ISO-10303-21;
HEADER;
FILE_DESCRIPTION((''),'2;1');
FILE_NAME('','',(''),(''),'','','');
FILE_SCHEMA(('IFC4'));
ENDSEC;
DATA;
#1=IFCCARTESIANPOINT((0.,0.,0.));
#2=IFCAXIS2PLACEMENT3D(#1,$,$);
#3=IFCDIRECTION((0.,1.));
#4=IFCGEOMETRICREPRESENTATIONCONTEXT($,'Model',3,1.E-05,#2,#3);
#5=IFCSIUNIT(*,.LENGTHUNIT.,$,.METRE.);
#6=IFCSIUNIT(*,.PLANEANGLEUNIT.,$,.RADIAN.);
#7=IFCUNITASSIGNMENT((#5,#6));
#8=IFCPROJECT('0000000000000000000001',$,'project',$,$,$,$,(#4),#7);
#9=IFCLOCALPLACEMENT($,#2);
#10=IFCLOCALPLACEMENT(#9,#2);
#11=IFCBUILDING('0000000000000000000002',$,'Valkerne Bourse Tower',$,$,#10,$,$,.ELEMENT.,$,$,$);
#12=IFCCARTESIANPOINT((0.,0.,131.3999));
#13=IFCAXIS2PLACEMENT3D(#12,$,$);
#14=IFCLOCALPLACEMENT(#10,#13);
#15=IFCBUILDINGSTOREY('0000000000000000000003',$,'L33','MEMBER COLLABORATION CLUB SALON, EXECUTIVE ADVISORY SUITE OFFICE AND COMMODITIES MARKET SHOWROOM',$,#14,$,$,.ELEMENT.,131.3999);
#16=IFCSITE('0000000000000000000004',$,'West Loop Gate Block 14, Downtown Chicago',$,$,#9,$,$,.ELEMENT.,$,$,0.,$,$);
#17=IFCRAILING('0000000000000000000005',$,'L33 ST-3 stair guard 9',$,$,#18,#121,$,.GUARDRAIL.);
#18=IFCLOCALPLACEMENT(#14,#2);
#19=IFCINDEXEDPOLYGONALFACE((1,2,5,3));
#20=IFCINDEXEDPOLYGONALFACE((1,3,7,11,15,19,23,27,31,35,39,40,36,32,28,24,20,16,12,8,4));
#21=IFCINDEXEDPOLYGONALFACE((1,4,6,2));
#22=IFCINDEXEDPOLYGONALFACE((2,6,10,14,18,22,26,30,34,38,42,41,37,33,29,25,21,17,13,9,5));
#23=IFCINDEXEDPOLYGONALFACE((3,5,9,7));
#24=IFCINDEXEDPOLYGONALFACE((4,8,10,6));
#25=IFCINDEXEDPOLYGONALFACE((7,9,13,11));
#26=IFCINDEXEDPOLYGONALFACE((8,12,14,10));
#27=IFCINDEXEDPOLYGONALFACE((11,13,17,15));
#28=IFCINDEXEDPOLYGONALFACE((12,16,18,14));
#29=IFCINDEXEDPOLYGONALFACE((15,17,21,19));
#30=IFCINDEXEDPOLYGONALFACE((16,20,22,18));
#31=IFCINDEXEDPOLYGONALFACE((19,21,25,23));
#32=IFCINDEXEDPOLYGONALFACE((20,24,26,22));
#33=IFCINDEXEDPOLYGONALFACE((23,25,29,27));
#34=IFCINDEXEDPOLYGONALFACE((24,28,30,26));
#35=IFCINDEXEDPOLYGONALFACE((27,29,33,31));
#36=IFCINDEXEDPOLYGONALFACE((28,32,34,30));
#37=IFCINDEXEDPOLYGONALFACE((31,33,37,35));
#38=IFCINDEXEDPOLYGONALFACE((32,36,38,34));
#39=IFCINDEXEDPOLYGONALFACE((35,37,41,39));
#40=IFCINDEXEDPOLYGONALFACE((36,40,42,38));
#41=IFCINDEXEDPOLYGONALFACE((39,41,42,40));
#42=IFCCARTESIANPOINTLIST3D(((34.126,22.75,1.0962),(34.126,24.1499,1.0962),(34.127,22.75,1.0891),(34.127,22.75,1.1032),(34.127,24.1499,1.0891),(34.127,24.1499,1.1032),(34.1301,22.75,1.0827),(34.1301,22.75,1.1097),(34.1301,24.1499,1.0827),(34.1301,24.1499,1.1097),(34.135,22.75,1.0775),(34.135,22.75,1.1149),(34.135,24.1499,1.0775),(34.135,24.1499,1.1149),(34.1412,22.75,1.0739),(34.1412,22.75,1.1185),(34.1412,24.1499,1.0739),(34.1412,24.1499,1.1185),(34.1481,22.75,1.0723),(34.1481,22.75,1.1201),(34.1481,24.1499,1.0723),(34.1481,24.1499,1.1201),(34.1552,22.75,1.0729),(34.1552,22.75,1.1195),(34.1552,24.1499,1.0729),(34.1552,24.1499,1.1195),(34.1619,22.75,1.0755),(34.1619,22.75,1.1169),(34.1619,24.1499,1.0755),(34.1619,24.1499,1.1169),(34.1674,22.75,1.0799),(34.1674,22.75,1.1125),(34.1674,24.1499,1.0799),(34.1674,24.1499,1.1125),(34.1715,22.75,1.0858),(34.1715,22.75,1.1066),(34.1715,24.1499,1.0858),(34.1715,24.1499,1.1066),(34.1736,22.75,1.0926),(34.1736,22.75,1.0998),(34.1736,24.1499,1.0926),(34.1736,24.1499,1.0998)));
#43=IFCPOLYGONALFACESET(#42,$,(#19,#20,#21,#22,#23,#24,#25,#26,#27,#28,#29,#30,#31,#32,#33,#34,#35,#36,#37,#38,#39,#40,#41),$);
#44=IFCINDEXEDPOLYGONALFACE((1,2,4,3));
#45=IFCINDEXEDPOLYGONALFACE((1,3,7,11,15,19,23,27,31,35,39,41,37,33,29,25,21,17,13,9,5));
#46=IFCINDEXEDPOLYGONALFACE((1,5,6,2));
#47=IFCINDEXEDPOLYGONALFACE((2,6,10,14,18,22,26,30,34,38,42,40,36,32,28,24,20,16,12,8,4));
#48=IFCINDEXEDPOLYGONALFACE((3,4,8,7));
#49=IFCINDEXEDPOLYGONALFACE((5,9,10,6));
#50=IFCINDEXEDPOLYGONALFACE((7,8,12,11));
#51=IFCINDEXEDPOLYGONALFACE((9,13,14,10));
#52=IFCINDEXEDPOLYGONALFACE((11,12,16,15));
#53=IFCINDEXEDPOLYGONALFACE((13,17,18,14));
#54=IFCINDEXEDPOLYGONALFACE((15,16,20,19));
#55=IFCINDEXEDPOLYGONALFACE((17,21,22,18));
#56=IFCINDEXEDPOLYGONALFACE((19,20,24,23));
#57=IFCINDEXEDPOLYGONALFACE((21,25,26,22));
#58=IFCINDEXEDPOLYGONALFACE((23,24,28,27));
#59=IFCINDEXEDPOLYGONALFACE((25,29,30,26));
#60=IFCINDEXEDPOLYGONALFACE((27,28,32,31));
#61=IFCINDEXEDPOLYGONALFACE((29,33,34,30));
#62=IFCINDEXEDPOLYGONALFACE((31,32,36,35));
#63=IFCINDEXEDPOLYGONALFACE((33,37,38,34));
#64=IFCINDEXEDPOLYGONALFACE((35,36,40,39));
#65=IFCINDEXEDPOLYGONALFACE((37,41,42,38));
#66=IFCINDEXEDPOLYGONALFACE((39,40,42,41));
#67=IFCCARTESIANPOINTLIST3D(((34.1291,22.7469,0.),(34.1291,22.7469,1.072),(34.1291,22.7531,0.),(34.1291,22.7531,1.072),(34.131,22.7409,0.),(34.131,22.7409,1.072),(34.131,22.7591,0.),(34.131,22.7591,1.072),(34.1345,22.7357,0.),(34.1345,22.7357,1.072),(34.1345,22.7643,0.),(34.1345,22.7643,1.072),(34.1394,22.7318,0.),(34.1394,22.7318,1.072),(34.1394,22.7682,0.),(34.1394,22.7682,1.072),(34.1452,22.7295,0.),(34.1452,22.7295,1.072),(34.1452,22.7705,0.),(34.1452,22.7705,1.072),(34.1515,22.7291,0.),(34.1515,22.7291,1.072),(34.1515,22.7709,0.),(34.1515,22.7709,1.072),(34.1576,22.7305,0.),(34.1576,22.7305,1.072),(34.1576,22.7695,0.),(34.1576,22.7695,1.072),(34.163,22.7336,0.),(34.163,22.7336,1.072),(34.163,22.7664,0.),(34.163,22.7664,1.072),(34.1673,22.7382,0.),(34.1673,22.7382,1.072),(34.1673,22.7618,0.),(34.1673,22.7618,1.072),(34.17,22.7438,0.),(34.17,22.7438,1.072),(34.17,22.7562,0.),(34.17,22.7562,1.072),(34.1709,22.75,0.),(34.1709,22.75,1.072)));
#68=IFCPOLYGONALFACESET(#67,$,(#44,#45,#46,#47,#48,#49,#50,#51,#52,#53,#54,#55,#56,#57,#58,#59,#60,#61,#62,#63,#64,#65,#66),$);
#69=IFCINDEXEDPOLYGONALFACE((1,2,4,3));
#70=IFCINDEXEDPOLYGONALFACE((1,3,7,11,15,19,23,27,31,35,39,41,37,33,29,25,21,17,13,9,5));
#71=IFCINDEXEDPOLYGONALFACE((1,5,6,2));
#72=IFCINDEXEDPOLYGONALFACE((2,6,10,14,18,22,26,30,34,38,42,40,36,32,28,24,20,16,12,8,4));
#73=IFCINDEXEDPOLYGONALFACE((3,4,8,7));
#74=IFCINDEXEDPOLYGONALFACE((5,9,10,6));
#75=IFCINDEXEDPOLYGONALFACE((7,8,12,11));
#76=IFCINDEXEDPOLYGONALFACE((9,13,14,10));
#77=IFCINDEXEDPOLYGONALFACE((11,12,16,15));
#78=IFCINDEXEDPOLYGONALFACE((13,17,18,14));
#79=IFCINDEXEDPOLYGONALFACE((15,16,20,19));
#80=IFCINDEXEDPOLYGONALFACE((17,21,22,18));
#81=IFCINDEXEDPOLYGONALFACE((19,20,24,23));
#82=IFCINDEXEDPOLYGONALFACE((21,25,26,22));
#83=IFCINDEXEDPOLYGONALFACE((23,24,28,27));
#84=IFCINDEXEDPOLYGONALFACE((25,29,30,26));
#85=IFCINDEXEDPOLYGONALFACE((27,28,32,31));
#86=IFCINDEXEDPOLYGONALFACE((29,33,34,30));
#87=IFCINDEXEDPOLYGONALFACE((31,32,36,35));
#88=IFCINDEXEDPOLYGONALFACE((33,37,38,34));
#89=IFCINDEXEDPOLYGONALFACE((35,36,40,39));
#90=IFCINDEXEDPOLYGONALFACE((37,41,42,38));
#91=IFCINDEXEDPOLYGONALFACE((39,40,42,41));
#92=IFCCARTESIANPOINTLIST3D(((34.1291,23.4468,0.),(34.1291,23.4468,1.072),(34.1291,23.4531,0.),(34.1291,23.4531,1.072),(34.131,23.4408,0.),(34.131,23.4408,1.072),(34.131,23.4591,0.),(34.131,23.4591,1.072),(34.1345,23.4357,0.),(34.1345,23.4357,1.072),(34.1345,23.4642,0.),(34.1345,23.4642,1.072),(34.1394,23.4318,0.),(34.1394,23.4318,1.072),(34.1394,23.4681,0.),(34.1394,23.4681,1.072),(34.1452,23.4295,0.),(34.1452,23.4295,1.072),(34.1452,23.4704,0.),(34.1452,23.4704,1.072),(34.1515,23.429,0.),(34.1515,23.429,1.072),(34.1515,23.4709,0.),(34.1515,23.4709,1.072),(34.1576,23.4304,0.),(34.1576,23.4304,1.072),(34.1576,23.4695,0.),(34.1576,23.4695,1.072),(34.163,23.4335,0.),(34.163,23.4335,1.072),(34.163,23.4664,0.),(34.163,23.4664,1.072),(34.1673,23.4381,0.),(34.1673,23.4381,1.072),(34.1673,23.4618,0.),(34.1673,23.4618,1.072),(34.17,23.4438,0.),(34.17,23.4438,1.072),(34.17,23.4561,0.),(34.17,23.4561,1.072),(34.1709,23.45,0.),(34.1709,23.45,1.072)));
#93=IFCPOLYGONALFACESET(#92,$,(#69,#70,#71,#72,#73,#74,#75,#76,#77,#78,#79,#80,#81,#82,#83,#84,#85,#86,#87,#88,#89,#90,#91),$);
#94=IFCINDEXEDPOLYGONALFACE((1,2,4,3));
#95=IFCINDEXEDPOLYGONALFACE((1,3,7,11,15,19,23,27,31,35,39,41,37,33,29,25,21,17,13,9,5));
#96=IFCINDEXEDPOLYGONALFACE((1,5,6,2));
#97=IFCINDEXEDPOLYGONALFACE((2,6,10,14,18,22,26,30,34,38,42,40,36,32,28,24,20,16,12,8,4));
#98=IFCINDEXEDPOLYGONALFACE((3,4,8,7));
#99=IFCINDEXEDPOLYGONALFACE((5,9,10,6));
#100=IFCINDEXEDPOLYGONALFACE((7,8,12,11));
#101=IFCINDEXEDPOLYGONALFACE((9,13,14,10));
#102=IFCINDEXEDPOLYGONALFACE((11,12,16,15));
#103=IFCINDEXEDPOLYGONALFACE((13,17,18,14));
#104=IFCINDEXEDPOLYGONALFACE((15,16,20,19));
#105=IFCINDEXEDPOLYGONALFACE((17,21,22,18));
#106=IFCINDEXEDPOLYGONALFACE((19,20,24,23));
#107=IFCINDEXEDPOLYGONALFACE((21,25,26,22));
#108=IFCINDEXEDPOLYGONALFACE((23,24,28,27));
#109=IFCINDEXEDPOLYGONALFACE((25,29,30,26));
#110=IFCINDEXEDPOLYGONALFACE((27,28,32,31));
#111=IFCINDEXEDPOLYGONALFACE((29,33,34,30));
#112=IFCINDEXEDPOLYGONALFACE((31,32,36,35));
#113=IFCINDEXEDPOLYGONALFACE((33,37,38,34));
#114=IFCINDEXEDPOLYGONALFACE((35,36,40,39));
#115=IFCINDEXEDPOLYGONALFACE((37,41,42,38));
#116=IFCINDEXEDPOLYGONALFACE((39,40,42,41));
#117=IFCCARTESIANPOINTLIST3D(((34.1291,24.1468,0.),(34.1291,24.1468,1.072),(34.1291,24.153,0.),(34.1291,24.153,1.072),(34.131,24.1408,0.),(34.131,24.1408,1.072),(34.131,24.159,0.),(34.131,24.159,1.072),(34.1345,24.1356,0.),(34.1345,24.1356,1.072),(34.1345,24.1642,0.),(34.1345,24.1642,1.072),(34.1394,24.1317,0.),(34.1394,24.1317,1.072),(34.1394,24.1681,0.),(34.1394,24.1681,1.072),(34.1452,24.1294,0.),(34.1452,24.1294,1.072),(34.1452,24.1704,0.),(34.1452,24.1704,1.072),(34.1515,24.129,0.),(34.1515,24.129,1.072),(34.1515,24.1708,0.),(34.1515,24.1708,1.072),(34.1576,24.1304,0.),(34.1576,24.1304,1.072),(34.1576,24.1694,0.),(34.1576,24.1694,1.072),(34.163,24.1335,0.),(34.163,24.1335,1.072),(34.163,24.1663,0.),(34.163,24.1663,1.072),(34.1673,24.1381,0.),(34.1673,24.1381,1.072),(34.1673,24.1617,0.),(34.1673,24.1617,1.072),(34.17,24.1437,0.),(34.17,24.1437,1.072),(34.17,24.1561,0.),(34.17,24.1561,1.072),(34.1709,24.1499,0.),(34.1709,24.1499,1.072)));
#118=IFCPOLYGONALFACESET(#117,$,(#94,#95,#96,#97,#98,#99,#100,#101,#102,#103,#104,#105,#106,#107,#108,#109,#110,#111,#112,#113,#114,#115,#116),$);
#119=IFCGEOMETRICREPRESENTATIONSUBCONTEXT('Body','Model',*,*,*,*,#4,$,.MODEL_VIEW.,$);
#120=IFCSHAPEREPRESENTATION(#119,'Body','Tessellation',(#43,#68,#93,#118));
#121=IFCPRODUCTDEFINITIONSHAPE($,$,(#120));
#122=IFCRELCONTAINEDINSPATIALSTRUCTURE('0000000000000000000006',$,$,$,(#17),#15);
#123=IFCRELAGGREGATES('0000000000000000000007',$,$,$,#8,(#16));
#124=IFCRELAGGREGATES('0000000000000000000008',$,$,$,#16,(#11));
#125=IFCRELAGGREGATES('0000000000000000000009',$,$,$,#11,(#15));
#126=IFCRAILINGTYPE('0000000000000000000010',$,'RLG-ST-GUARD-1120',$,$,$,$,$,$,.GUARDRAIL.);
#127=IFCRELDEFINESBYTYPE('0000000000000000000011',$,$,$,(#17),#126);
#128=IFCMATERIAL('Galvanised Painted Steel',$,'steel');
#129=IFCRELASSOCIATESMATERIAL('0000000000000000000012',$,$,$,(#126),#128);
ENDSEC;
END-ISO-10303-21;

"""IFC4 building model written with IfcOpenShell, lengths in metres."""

from ifc_helpers import new_model, si_unit, direction, frame, origin, origin_2d, place, context, subcontext, project, spatial, circle, extrude, material, type_object, element, save


model = new_model("IFC4")

# Units and contexts
model_context = context("Model", 3, precision=1e-05, world=origin(), true_north=direction((0.0, 1.0)))
body_context = subcontext(model_context, "Body", "Model", "MODEL_VIEW")
ifc_project = project(units=[si_unit("LENGTHUNIT", "METRE"), si_unit("PLANEANGLEUNIT", "RADIAN")], contexts=[model_context])

# Site, building, storey
site_placement = place(None, origin())
site = spatial("IfcSite", under=ifc_project, at=site_placement, Name="West Loop Gate Block 14, Downtown Chicago", CompositionType="ELEMENT", RefElevation=0.0)
building_placement = place(site_placement, origin())
building = spatial("IfcBuilding", under=site, at=building_placement, Name="Valkerne Bourse Tower", CompositionType="ELEMENT")
storey_placement = place(building_placement, frame((0.0, 0.0, 131.3999)))
storey = spatial("IfcBuildingStorey", under=building, at=storey_placement, Name="L33", Description="MEMBER COLLABORATION CLUB SALON, EXECUTIVE ADVISORY SUITE OFFICE AND COMMODITIES MARKET SHOWROOM", CompositionType="ELEMENT", Elevation=131.3999)

# Shared definitions
ifc_material_1 = material(Name="Galvanised Painted Steel", Category="steel")

# Railing
railing_type_1 = type_object("IfcRailingType", Name="RLG-ST-GUARD-1120", PredefinedType="GUARDRAIL", material=ifc_material_1)
for number, where, name in (
    (1, (34.1499, 22.75, 0.0), "L33 ST-3 stair guard 9"),
):
    element("IfcRailing", number, at=place(storey_placement, frame(where)), inside=storey, type_object=railing_type_1, Name=name, PredefinedType="GUARDRAIL", context=body_context, shape_type="SweptSolid", body=[
        extrude(circle(Radius=0.0239, at=origin_2d()), frame((0.0, 0.0, 1.0962), z_axis=(0.0, 1.0, 0.0), x_axis=(-1.0, 0.0, 0.0)), (0.0, 0.0, 1.0), 1.3999),
        extrude(circle(Radius=0.021, at=origin_2d()), origin(), (0.0, 0.0, 1.0), 1.072),
        extrude(circle(Radius=0.021, at=origin_2d()), frame((0.0, 0.7, 0.0)), (0.0, 0.0, 1.0), 1.072),
        extrude(circle(Radius=0.021, at=origin_2d()), frame((0.0, 1.3999, 0.0)), (0.0, 0.0, 1.0), 1.072),
    ])

save(model, "model.ifc")
